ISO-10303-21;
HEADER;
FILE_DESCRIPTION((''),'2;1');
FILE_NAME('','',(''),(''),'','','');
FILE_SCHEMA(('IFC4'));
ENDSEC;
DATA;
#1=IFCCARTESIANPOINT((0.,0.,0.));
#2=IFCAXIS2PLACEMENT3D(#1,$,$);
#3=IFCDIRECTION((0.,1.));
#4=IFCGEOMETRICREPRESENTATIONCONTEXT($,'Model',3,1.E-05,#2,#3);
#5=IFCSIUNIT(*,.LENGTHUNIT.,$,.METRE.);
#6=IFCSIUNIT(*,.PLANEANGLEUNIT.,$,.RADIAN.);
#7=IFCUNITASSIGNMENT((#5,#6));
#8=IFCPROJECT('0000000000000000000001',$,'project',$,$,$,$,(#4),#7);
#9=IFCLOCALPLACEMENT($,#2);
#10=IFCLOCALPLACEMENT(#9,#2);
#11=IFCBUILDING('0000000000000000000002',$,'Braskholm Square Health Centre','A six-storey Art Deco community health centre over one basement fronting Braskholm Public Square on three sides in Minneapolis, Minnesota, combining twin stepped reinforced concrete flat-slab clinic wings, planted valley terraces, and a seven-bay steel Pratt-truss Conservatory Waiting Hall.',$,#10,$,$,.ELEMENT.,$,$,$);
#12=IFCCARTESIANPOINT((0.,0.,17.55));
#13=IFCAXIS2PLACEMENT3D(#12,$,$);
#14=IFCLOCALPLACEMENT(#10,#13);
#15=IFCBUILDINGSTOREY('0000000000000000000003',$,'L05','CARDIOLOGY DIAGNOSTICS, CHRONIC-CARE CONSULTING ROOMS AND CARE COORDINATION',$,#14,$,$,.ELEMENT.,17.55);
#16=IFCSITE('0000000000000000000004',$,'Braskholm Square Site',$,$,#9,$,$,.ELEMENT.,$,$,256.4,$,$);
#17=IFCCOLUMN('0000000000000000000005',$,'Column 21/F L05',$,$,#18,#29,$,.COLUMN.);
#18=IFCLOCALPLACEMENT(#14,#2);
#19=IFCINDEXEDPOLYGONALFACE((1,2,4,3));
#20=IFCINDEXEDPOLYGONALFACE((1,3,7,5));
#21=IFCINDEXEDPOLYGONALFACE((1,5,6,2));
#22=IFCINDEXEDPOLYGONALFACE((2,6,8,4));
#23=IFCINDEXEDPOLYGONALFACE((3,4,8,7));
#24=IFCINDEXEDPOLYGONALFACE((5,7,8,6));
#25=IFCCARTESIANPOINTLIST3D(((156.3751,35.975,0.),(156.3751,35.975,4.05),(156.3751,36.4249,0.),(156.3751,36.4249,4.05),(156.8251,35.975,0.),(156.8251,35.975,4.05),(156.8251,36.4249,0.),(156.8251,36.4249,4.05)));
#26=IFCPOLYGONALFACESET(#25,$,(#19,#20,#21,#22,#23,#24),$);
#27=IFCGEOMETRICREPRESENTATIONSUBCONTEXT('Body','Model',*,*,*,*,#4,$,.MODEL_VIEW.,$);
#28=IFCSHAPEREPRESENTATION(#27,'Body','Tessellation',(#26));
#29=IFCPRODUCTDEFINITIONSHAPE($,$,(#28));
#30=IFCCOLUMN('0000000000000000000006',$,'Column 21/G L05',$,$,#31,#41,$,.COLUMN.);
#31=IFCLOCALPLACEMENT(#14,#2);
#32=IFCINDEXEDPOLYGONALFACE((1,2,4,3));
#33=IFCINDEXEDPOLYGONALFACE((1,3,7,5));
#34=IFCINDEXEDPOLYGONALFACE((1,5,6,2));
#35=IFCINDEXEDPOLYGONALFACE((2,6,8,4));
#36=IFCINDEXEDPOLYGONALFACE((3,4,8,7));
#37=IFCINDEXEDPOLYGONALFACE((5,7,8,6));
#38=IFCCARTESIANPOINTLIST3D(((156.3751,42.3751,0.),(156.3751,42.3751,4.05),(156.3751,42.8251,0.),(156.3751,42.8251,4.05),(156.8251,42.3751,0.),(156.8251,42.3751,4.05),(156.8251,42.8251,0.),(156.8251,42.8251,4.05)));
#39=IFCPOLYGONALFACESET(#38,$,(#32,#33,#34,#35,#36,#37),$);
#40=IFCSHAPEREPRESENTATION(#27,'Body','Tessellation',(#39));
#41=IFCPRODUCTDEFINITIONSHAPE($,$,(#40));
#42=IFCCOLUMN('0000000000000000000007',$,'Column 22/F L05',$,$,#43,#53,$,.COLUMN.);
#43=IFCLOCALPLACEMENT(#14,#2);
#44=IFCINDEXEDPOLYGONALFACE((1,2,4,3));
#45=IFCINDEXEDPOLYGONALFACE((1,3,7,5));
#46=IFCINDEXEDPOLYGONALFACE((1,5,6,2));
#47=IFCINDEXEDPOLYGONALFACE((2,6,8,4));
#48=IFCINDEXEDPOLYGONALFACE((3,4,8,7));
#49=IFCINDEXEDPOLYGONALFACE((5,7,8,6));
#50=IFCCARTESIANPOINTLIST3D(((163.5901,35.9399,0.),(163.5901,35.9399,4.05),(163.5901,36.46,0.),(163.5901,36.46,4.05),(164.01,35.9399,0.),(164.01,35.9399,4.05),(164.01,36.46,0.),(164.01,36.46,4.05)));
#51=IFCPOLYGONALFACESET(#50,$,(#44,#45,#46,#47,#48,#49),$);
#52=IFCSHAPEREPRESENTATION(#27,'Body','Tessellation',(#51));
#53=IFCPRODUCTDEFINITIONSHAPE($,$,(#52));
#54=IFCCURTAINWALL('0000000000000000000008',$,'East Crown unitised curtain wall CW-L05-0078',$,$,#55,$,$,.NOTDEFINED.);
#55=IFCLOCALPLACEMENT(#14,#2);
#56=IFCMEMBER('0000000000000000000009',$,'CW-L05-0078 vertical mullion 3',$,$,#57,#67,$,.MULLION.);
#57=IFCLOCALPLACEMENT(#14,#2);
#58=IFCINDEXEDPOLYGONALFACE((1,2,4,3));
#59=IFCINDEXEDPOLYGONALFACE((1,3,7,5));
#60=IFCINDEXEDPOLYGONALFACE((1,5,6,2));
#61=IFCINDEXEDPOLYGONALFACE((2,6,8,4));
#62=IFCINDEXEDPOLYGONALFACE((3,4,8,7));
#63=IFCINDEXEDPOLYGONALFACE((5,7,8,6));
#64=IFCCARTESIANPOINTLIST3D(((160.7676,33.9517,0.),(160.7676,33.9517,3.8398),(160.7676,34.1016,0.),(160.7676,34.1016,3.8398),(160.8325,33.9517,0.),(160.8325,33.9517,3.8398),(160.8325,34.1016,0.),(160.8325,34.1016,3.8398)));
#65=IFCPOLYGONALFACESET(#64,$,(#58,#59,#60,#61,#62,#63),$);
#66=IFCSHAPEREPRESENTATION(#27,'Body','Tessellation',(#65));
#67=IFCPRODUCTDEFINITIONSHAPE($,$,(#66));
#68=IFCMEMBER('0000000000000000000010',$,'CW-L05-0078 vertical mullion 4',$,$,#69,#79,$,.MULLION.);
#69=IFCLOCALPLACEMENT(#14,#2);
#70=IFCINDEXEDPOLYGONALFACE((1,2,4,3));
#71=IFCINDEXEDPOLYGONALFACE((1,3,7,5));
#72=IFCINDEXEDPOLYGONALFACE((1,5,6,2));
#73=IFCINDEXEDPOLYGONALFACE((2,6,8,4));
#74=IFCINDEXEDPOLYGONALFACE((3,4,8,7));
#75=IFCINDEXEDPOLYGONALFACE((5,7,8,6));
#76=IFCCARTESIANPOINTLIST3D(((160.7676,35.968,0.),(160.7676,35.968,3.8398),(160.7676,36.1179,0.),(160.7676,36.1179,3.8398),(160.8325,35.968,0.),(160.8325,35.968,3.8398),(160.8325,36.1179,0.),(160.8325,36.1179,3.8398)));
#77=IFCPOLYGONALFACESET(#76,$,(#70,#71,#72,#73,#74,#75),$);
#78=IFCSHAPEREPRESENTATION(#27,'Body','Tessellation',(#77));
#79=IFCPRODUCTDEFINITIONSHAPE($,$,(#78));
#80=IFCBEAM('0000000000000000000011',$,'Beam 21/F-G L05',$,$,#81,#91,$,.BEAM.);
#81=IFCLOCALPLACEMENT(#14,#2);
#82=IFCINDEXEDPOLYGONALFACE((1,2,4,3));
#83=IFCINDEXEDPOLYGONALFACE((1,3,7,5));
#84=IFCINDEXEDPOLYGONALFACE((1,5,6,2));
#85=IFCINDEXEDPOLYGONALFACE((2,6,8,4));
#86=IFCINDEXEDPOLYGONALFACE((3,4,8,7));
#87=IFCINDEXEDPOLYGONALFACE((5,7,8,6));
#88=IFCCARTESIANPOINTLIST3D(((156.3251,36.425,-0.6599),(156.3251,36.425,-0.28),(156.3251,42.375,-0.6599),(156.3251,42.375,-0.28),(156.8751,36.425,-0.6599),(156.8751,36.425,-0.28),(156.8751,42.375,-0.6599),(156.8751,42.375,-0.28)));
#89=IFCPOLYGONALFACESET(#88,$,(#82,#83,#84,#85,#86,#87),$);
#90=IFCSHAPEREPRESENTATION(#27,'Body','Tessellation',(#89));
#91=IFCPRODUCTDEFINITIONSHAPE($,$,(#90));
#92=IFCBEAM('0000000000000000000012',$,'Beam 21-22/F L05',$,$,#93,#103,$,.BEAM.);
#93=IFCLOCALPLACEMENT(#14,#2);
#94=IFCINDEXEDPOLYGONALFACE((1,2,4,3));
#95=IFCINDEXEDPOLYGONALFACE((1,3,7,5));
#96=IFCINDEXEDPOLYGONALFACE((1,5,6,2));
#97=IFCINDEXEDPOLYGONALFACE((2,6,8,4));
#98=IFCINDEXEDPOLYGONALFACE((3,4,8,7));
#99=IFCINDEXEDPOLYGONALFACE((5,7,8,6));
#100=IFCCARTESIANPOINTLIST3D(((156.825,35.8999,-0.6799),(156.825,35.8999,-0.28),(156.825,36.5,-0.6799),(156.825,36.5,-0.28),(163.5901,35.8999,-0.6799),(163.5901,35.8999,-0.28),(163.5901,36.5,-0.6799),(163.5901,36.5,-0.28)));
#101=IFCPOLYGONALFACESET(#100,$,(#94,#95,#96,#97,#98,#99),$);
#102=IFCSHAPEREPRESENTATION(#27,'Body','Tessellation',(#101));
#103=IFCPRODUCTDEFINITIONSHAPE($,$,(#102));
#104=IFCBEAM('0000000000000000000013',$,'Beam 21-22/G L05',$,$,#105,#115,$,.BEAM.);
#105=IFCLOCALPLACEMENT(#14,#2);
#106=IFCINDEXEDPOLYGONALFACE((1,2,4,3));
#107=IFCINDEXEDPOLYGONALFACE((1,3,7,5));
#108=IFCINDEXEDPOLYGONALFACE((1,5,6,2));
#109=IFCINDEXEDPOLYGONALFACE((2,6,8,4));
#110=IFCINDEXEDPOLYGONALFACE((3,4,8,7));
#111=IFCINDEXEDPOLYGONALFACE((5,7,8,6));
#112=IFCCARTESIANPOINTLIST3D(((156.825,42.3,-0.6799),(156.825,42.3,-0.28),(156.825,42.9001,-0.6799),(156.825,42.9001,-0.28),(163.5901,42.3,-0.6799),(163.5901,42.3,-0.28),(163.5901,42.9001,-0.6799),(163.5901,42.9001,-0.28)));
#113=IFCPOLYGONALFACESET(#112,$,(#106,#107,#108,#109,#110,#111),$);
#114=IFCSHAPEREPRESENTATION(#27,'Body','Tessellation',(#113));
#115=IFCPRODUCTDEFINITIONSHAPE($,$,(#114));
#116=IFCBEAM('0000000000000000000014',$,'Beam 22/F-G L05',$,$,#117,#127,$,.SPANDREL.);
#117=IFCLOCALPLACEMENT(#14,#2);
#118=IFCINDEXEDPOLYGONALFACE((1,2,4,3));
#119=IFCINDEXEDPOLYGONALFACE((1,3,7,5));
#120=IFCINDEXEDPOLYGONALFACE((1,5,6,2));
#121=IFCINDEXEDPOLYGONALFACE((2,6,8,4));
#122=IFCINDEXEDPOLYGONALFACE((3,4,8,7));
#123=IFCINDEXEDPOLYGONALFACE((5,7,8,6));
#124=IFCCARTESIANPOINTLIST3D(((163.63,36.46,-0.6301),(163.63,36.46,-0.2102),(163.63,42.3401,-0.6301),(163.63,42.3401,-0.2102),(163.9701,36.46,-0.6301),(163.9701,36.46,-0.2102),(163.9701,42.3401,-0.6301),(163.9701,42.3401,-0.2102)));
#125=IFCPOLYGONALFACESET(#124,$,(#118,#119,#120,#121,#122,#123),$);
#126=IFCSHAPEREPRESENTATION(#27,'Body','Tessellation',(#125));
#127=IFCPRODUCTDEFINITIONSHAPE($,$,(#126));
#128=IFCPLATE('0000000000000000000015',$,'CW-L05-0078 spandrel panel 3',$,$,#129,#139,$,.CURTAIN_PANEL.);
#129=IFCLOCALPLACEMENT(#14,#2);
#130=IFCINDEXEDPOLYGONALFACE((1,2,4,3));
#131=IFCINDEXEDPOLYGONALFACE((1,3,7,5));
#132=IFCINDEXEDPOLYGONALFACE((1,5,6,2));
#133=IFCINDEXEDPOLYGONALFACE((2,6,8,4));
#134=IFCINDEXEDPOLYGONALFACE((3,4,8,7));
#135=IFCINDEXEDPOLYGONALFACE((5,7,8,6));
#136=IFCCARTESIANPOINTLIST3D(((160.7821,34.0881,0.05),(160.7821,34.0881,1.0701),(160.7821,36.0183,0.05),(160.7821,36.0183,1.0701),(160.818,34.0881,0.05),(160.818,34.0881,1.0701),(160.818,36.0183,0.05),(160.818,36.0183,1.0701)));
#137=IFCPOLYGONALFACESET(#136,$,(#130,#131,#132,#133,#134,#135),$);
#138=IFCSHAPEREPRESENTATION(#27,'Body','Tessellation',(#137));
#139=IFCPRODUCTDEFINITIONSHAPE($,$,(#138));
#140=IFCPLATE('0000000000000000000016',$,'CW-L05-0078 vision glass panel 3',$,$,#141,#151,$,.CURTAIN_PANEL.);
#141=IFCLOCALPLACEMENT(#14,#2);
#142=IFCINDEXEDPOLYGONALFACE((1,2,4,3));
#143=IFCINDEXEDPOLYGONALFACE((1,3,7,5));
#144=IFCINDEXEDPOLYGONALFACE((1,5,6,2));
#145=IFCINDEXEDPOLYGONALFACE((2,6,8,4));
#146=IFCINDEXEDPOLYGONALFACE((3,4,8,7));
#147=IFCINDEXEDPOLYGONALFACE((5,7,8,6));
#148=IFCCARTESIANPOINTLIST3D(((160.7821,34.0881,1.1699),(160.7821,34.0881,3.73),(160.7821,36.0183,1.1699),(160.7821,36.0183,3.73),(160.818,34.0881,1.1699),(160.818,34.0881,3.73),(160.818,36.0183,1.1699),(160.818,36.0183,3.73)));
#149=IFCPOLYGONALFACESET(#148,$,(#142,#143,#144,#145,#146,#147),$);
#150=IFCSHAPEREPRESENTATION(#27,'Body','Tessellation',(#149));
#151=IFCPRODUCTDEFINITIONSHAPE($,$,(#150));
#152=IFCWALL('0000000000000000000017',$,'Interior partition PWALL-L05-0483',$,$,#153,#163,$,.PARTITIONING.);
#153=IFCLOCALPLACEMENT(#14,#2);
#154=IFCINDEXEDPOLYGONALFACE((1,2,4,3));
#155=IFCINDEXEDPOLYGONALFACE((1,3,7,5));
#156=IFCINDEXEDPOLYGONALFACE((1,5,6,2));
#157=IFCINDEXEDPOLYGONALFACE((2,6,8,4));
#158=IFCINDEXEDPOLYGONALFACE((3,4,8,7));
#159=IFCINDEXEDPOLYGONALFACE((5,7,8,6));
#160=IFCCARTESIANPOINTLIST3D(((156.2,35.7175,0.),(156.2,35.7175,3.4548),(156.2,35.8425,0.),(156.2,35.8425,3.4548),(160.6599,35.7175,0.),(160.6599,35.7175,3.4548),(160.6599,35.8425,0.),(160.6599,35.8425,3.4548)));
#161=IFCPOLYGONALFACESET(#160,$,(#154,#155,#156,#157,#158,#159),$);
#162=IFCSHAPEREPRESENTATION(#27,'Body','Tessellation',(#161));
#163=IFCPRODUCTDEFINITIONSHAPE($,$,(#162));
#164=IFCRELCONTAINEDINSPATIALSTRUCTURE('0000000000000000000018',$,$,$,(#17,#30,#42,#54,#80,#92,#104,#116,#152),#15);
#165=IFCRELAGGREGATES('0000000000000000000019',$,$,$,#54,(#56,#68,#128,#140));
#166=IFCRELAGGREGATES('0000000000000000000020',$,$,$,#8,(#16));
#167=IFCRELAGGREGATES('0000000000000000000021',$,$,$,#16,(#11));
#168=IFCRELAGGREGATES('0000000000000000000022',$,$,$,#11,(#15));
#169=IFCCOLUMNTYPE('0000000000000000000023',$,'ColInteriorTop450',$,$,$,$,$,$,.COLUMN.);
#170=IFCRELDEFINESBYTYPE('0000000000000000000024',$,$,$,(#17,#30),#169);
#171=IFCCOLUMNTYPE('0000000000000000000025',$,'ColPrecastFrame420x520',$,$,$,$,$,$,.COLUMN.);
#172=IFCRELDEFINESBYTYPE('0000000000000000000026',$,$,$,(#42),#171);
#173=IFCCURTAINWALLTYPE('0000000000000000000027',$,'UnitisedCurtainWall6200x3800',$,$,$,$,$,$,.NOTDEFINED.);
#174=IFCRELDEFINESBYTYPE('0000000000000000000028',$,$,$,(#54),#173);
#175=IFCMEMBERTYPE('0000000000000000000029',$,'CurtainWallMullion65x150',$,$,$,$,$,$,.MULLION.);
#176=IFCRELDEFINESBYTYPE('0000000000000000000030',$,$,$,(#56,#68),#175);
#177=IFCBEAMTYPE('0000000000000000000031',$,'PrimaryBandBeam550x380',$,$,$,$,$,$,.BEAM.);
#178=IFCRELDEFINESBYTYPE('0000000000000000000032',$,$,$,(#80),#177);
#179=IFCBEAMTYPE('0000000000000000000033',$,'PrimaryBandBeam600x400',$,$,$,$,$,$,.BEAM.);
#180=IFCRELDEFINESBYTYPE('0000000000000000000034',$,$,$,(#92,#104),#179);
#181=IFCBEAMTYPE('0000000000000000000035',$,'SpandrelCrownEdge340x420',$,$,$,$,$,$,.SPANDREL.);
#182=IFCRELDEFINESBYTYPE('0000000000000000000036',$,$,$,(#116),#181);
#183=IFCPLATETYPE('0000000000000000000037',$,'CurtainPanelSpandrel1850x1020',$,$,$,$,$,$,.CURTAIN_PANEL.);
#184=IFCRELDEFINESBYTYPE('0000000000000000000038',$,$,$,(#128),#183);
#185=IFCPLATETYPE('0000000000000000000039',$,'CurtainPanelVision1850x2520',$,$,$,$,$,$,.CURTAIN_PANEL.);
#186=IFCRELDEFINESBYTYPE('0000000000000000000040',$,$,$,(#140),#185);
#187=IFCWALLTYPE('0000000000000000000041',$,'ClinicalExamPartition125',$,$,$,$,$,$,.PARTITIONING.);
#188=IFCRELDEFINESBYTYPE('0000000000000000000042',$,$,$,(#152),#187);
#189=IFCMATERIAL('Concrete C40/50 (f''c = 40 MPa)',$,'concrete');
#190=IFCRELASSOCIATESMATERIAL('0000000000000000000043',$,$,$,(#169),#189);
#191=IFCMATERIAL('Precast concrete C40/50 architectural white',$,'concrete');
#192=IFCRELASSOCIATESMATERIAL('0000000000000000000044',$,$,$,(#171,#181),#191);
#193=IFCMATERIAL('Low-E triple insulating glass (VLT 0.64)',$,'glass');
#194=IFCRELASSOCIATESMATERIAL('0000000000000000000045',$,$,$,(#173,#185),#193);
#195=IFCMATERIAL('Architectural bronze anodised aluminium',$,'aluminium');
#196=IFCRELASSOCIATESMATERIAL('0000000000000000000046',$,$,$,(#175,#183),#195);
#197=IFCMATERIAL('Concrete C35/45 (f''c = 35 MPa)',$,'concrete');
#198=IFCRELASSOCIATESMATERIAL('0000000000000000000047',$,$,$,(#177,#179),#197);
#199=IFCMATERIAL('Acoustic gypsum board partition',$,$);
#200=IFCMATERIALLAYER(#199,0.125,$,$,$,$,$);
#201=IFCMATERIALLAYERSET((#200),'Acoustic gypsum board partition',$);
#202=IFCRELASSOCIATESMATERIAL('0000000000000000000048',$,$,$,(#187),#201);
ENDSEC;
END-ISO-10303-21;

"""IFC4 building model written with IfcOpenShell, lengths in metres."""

from ifc_helpers import new_model, si_unit, direction, frame, frame_2d, origin, origin_2d, place, context, subcontext, project, spatial, rectangle, extrude, material, layer, layer_set, material_profile, profile_set, type_object, element, aggregate, save


model = new_model("IFC4")

# Units and contexts
model_context = context("Model", 3, precision=1e-05, world=origin(), true_north=direction((0.0, 1.0)))
body_context = subcontext(model_context, "Body", "Model", "MODEL_VIEW")
ifc_project = project(units=[si_unit("LENGTHUNIT", "METRE"), si_unit("PLANEANGLEUNIT", "RADIAN")], contexts=[model_context])

# Site, building, storey
site_placement = place(None, origin())
site = spatial("IfcSite", under=ifc_project, at=site_placement, Name="Braskholm Square Site", CompositionType="ELEMENT", RefElevation=256.4)
building_placement = place(site_placement, origin())
building = spatial("IfcBuilding", under=site, at=building_placement, Name="Braskholm Square Health Centre", Description="A six-storey Art Deco community health centre over one basement fronting Braskholm Public Square on three sides in Minneapolis, Minnesota, combining twin stepped reinforced concrete flat-slab clinic wings, planted valley terraces, and a seven-bay steel Pratt-truss Conservatory Waiting Hall.", CompositionType="ELEMENT")
storey_placement = place(building_placement, frame((0.0, 0.0, 17.55)))
storey = spatial("IfcBuildingStorey", under=building, at=storey_placement, Name="L05", Description="CARDIOLOGY DIAGNOSTICS, CHRONIC-CARE CONSULTING ROOMS AND CARE COORDINATION", CompositionType="ELEMENT", Elevation=17.55)

# Columns
ifc_material_1 = material(Name="Concrete C40/50 (f'c = 40 MPa)", Category="concrete")
ifc_material_profile_1 = material_profile(ifc_material_1, rectangle(XDim=0.45, YDim=0.45, at=origin_2d()), Name="RC-450X450")
ifc_profile_set_1 = profile_set([ifc_material_profile_1], Name="Concrete C40/50 (f'c = 40 MPa)")
column_type_1 = type_object("IfcColumnType", Name="ColInteriorTop450", PredefinedType="COLUMN", material=ifc_profile_set_1)
for number, where, z_axis, x_axis, name in (
    (1, (156.6001, 36.2, 0.0), (0.0, 0.0, 1.0), (1.0, 0.0, 0.0), "Column 21/F L05"),
    (2, (156.6001, 42.6001, 0.0), (0.0, 0.0, 1.0), (1.0, 0.0, 0.0), "Column 21/G L05"),
):
    element("IfcColumn", number, at=place(storey_placement, frame(where, z_axis=z_axis, x_axis=x_axis)), inside=storey, type_object=column_type_1, Name=name, PredefinedType="COLUMN", context=body_context, shape_type="SweptSolid", body=[
        extrude(rectangle(XDim=0.45, YDim=0.45, at=origin_2d()), origin(), (0.0, 0.0, 1.0), 4.05),
    ])
ifc_material_2 = material(Name="Precast concrete C40/50 architectural white", Category="concrete")
ifc_material_profile_2 = material_profile(ifc_material_2, rectangle(XDim=0.4199, YDim=0.52, at=origin_2d()), Name="RC-420X520")
ifc_profile_set_2 = profile_set([ifc_material_profile_2], Name="Precast concrete C40/50 architectural white")
column_type_2 = type_object("IfcColumnType", Name="ColPrecastFrame420x520", PredefinedType="COLUMN", material=ifc_profile_set_2)
column_placement = place(storey_placement, frame((163.8, 36.2, 0.0), z_axis=(0.0, 0.0, 1.0), x_axis=(1.0, 0.0, 0.0)))
element("IfcColumn", 3, at=column_placement, inside=storey, type_object=column_type_2, Name="Column 22/F L05", PredefinedType="COLUMN", context=body_context, shape_type="SweptSolid", body=[
    extrude(rectangle(XDim=0.4199, YDim=0.52, at=origin_2d()), origin(), (0.0, 0.0, 1.0), 4.05),
])

# Curtain wall, members
ifc_material_3 = material(Name="Low-E triple insulating glass (VLT 0.64)", Category="glass")
curtain_wall_type = type_object("IfcCurtainWallType", Name="UnitisedCurtainWall6200x3800", PredefinedType="NOTDEFINED", material=ifc_material_3)
curtain_wall_placement = place(storey_placement, origin())
curtain_wall = element("IfcCurtainWall", 4, at=curtain_wall_placement, inside=storey, type_object=curtain_wall_type, Name="East Crown unitised curtain wall CW-L05-0078", PredefinedType="NOTDEFINED")
ifc_material_4 = material(Name="Architectural bronze anodised aluminium", Category="aluminium")
ifc_material_profile_3 = material_profile(ifc_material_4, rectangle(XDim=0.0649, YDim=0.1499, at=origin_2d()), Name="ALU-65X150")
ifc_profile_set_3 = profile_set([ifc_material_profile_3], Name="Architectural bronze anodised aluminium")
member_type = type_object("IfcMemberType", Name="CurtainWallMullion65x150", PredefinedType="MULLION", material=ifc_profile_set_3)
member_1_placement = place(storey_placement, frame((160.8, 34.0266, 0.0), z_axis=(0.0, 0.0, 1.0), x_axis=(1.0, 0.0, 0.0)))
member_1 = element("IfcMember", 5, at=member_1_placement, type_object=member_type, Name="CW-L05-0078 vertical mullion 3", PredefinedType="MULLION", context=body_context, shape_type="SweptSolid", body=[
    extrude(rectangle(XDim=0.0649, YDim=0.1499, at=origin_2d()), origin(), (0.0, 0.0, 1.0), 3.8398),
])
member_2_placement = place(storey_placement, frame((160.8, 36.043, 0.0), z_axis=(0.0, 0.0, 1.0), x_axis=(1.0, 0.0, 0.0)))
member_2 = element("IfcMember", 6, at=member_2_placement, type_object=member_type, Name="CW-L05-0078 vertical mullion 4", PredefinedType="MULLION", context=body_context, shape_type="SweptSolid", body=[
    extrude(rectangle(XDim=0.0649, YDim=0.1499, at=origin_2d()), origin(), (0.0, 0.0, 1.0), 3.8398),
])

# Beams
ifc_material_5 = material(Name="Concrete C35/45 (f'c = 35 MPa)", Category="concrete")
ifc_material_profile_4 = material_profile(ifc_material_5, rectangle(XDim=0.55, YDim=0.3799, at=origin_2d()), Name="RCB-550X380")
ifc_profile_set_4 = profile_set([ifc_material_profile_4], Name="Concrete C35/45 (f'c = 35 MPa)")
beam_type_1 = type_object("IfcBeamType", Name="PrimaryBandBeam550x380", PredefinedType="BEAM", material=ifc_profile_set_4)
beam_1_placement = place(storey_placement, frame((156.6001, 36.425, -0.47), z_axis=(0.0, 1.0, 0.0), x_axis=(-1.0, 0.0, 0.0)))
element("IfcBeam", 7, at=beam_1_placement, inside=storey, type_object=beam_type_1, Name="Beam 21/F-G L05", PredefinedType="BEAM", context=body_context, shape_type="SweptSolid", body=[
    extrude(rectangle(XDim=0.55, YDim=0.3799, at=origin_2d()), origin(), (0.0, 0.0, 1.0), 5.95),
])
ifc_material_profile_5 = material_profile(ifc_material_5, rectangle(XDim=0.6001, YDim=0.3999, at=origin_2d()), Name="RCB-600X400")
ifc_profile_set_5 = profile_set([ifc_material_profile_5], Name="Concrete C35/45 (f'c = 35 MPa)")
beam_type_2 = type_object("IfcBeamType", Name="PrimaryBandBeam600x400", PredefinedType="BEAM", material=ifc_profile_set_5)
for number, where, z_axis, x_axis, name in (
    (8, (156.825, 36.2, -0.48), (1.0, 0.0, 0.0), (0.0, 1.0, 0.0), "Beam 21-22/F L05"),
    (9, (156.825, 42.6001, -0.48), (1.0, 0.0, 0.0), (0.0, 1.0, 0.0), "Beam 21-22/G L05"),
):
    element("IfcBeam", number, at=place(storey_placement, frame(where, z_axis=z_axis, x_axis=x_axis)), inside=storey, type_object=beam_type_2, Name=name, PredefinedType="BEAM", context=body_context, shape_type="SweptSolid", body=[
        extrude(rectangle(XDim=0.6001, YDim=0.3999, at=origin_2d()), origin(), (0.0, 0.0, 1.0), 6.7651),
    ])
ifc_material_profile_6 = material_profile(ifc_material_2, rectangle(XDim=0.3401, YDim=0.4199, at=origin_2d()), Name="RCB-340X420")
ifc_profile_set_6 = profile_set([ifc_material_profile_6], Name="Precast concrete C40/50 architectural white")
beam_type_3 = type_object("IfcBeamType", Name="SpandrelCrownEdge340x420", PredefinedType="SPANDREL", material=ifc_profile_set_6)
beam_2_placement = place(storey_placement, frame((163.8, 36.46, -0.4202), z_axis=(0.0, 1.0, 0.0), x_axis=(-1.0, 0.0, 0.0)))
element("IfcBeam", 10, at=beam_2_placement, inside=storey, type_object=beam_type_3, Name="Beam 22/F-G L05", PredefinedType="SPANDREL", context=body_context, shape_type="SweptSolid", body=[
    extrude(rectangle(XDim=0.3401, YDim=0.4199, at=origin_2d()), origin(), (0.0, 0.0, 1.0), 5.8801),
])

# Plates
plate_type_1 = type_object("IfcPlateType", Name="CurtainPanelSpandrel1850x1020", PredefinedType="CURTAIN_PANEL", material=ifc_material_4)
plate_1_placement = place(storey_placement, frame((160.8, 35.0532, 0.05), z_axis=(0.0, 0.0, 1.0), x_axis=(0.0, 1.0, 0.0)))
plate_1 = element("IfcPlate", 11, at=plate_1_placement, type_object=plate_type_1, Name="CW-L05-0078 spandrel panel 3", PredefinedType="CURTAIN_PANEL", context=body_context, shape_type="SweptSolid", body=[
    extrude(rectangle(XDim=1.9302, YDim=0.0359, at=origin_2d()), origin(), (0.0, 0.0, 1.0), 1.02),
])
plate_type_2 = type_object("IfcPlateType", Name="CurtainPanelVision1850x2520", PredefinedType="CURTAIN_PANEL", material=ifc_material_3)
plate_2_placement = place(storey_placement, frame((160.8, 35.0532, 1.1699), z_axis=(0.0, 0.0, 1.0), x_axis=(0.0, 1.0, 0.0)))
plate_2 = element("IfcPlate", 12, at=plate_2_placement, type_object=plate_type_2, Name="CW-L05-0078 vision glass panel 3", PredefinedType="CURTAIN_PANEL", context=body_context, shape_type="SweptSolid", body=[
    extrude(rectangle(XDim=1.9302, YDim=0.0359, at=origin_2d()), origin(), (0.0, 0.0, 1.0), 2.5601),
])
aggregate(curtain_wall, [member_1, member_2, plate_1, plate_2])

# Wall
ifc_material_6 = material(Name="Acoustic gypsum board partition")
ifc_layer_1 = layer(ifc_material_6, 0.125)
ifc_layer_set_1 = layer_set([ifc_layer_1], Name="Acoustic gypsum board partition")
wall_type_1 = type_object("IfcWallType", Name="ClinicalExamPartition125", PredefinedType="PARTITIONING", material=ifc_layer_set_1)
wall_1_placement = place(storey_placement, frame((156.2, 35.78, 0.0), z_axis=(0.0, 0.0, 1.0), x_axis=(1.0, 0.0, 0.0)))
element("IfcWall", 13, at=wall_1_placement, inside=storey, type_object=wall_type_1, Name="Interior partition PWALL-L05-0483", PredefinedType="PARTITIONING", context=body_context, shape_type="SweptSolid", body=[
    extrude(rectangle(XDim=4.46, YDim=0.125, at=frame_2d((2.23, 0.0))), origin(), (0.0, 0.0, 1.0), 3.4548),
])

save(model, "model.ifc")
